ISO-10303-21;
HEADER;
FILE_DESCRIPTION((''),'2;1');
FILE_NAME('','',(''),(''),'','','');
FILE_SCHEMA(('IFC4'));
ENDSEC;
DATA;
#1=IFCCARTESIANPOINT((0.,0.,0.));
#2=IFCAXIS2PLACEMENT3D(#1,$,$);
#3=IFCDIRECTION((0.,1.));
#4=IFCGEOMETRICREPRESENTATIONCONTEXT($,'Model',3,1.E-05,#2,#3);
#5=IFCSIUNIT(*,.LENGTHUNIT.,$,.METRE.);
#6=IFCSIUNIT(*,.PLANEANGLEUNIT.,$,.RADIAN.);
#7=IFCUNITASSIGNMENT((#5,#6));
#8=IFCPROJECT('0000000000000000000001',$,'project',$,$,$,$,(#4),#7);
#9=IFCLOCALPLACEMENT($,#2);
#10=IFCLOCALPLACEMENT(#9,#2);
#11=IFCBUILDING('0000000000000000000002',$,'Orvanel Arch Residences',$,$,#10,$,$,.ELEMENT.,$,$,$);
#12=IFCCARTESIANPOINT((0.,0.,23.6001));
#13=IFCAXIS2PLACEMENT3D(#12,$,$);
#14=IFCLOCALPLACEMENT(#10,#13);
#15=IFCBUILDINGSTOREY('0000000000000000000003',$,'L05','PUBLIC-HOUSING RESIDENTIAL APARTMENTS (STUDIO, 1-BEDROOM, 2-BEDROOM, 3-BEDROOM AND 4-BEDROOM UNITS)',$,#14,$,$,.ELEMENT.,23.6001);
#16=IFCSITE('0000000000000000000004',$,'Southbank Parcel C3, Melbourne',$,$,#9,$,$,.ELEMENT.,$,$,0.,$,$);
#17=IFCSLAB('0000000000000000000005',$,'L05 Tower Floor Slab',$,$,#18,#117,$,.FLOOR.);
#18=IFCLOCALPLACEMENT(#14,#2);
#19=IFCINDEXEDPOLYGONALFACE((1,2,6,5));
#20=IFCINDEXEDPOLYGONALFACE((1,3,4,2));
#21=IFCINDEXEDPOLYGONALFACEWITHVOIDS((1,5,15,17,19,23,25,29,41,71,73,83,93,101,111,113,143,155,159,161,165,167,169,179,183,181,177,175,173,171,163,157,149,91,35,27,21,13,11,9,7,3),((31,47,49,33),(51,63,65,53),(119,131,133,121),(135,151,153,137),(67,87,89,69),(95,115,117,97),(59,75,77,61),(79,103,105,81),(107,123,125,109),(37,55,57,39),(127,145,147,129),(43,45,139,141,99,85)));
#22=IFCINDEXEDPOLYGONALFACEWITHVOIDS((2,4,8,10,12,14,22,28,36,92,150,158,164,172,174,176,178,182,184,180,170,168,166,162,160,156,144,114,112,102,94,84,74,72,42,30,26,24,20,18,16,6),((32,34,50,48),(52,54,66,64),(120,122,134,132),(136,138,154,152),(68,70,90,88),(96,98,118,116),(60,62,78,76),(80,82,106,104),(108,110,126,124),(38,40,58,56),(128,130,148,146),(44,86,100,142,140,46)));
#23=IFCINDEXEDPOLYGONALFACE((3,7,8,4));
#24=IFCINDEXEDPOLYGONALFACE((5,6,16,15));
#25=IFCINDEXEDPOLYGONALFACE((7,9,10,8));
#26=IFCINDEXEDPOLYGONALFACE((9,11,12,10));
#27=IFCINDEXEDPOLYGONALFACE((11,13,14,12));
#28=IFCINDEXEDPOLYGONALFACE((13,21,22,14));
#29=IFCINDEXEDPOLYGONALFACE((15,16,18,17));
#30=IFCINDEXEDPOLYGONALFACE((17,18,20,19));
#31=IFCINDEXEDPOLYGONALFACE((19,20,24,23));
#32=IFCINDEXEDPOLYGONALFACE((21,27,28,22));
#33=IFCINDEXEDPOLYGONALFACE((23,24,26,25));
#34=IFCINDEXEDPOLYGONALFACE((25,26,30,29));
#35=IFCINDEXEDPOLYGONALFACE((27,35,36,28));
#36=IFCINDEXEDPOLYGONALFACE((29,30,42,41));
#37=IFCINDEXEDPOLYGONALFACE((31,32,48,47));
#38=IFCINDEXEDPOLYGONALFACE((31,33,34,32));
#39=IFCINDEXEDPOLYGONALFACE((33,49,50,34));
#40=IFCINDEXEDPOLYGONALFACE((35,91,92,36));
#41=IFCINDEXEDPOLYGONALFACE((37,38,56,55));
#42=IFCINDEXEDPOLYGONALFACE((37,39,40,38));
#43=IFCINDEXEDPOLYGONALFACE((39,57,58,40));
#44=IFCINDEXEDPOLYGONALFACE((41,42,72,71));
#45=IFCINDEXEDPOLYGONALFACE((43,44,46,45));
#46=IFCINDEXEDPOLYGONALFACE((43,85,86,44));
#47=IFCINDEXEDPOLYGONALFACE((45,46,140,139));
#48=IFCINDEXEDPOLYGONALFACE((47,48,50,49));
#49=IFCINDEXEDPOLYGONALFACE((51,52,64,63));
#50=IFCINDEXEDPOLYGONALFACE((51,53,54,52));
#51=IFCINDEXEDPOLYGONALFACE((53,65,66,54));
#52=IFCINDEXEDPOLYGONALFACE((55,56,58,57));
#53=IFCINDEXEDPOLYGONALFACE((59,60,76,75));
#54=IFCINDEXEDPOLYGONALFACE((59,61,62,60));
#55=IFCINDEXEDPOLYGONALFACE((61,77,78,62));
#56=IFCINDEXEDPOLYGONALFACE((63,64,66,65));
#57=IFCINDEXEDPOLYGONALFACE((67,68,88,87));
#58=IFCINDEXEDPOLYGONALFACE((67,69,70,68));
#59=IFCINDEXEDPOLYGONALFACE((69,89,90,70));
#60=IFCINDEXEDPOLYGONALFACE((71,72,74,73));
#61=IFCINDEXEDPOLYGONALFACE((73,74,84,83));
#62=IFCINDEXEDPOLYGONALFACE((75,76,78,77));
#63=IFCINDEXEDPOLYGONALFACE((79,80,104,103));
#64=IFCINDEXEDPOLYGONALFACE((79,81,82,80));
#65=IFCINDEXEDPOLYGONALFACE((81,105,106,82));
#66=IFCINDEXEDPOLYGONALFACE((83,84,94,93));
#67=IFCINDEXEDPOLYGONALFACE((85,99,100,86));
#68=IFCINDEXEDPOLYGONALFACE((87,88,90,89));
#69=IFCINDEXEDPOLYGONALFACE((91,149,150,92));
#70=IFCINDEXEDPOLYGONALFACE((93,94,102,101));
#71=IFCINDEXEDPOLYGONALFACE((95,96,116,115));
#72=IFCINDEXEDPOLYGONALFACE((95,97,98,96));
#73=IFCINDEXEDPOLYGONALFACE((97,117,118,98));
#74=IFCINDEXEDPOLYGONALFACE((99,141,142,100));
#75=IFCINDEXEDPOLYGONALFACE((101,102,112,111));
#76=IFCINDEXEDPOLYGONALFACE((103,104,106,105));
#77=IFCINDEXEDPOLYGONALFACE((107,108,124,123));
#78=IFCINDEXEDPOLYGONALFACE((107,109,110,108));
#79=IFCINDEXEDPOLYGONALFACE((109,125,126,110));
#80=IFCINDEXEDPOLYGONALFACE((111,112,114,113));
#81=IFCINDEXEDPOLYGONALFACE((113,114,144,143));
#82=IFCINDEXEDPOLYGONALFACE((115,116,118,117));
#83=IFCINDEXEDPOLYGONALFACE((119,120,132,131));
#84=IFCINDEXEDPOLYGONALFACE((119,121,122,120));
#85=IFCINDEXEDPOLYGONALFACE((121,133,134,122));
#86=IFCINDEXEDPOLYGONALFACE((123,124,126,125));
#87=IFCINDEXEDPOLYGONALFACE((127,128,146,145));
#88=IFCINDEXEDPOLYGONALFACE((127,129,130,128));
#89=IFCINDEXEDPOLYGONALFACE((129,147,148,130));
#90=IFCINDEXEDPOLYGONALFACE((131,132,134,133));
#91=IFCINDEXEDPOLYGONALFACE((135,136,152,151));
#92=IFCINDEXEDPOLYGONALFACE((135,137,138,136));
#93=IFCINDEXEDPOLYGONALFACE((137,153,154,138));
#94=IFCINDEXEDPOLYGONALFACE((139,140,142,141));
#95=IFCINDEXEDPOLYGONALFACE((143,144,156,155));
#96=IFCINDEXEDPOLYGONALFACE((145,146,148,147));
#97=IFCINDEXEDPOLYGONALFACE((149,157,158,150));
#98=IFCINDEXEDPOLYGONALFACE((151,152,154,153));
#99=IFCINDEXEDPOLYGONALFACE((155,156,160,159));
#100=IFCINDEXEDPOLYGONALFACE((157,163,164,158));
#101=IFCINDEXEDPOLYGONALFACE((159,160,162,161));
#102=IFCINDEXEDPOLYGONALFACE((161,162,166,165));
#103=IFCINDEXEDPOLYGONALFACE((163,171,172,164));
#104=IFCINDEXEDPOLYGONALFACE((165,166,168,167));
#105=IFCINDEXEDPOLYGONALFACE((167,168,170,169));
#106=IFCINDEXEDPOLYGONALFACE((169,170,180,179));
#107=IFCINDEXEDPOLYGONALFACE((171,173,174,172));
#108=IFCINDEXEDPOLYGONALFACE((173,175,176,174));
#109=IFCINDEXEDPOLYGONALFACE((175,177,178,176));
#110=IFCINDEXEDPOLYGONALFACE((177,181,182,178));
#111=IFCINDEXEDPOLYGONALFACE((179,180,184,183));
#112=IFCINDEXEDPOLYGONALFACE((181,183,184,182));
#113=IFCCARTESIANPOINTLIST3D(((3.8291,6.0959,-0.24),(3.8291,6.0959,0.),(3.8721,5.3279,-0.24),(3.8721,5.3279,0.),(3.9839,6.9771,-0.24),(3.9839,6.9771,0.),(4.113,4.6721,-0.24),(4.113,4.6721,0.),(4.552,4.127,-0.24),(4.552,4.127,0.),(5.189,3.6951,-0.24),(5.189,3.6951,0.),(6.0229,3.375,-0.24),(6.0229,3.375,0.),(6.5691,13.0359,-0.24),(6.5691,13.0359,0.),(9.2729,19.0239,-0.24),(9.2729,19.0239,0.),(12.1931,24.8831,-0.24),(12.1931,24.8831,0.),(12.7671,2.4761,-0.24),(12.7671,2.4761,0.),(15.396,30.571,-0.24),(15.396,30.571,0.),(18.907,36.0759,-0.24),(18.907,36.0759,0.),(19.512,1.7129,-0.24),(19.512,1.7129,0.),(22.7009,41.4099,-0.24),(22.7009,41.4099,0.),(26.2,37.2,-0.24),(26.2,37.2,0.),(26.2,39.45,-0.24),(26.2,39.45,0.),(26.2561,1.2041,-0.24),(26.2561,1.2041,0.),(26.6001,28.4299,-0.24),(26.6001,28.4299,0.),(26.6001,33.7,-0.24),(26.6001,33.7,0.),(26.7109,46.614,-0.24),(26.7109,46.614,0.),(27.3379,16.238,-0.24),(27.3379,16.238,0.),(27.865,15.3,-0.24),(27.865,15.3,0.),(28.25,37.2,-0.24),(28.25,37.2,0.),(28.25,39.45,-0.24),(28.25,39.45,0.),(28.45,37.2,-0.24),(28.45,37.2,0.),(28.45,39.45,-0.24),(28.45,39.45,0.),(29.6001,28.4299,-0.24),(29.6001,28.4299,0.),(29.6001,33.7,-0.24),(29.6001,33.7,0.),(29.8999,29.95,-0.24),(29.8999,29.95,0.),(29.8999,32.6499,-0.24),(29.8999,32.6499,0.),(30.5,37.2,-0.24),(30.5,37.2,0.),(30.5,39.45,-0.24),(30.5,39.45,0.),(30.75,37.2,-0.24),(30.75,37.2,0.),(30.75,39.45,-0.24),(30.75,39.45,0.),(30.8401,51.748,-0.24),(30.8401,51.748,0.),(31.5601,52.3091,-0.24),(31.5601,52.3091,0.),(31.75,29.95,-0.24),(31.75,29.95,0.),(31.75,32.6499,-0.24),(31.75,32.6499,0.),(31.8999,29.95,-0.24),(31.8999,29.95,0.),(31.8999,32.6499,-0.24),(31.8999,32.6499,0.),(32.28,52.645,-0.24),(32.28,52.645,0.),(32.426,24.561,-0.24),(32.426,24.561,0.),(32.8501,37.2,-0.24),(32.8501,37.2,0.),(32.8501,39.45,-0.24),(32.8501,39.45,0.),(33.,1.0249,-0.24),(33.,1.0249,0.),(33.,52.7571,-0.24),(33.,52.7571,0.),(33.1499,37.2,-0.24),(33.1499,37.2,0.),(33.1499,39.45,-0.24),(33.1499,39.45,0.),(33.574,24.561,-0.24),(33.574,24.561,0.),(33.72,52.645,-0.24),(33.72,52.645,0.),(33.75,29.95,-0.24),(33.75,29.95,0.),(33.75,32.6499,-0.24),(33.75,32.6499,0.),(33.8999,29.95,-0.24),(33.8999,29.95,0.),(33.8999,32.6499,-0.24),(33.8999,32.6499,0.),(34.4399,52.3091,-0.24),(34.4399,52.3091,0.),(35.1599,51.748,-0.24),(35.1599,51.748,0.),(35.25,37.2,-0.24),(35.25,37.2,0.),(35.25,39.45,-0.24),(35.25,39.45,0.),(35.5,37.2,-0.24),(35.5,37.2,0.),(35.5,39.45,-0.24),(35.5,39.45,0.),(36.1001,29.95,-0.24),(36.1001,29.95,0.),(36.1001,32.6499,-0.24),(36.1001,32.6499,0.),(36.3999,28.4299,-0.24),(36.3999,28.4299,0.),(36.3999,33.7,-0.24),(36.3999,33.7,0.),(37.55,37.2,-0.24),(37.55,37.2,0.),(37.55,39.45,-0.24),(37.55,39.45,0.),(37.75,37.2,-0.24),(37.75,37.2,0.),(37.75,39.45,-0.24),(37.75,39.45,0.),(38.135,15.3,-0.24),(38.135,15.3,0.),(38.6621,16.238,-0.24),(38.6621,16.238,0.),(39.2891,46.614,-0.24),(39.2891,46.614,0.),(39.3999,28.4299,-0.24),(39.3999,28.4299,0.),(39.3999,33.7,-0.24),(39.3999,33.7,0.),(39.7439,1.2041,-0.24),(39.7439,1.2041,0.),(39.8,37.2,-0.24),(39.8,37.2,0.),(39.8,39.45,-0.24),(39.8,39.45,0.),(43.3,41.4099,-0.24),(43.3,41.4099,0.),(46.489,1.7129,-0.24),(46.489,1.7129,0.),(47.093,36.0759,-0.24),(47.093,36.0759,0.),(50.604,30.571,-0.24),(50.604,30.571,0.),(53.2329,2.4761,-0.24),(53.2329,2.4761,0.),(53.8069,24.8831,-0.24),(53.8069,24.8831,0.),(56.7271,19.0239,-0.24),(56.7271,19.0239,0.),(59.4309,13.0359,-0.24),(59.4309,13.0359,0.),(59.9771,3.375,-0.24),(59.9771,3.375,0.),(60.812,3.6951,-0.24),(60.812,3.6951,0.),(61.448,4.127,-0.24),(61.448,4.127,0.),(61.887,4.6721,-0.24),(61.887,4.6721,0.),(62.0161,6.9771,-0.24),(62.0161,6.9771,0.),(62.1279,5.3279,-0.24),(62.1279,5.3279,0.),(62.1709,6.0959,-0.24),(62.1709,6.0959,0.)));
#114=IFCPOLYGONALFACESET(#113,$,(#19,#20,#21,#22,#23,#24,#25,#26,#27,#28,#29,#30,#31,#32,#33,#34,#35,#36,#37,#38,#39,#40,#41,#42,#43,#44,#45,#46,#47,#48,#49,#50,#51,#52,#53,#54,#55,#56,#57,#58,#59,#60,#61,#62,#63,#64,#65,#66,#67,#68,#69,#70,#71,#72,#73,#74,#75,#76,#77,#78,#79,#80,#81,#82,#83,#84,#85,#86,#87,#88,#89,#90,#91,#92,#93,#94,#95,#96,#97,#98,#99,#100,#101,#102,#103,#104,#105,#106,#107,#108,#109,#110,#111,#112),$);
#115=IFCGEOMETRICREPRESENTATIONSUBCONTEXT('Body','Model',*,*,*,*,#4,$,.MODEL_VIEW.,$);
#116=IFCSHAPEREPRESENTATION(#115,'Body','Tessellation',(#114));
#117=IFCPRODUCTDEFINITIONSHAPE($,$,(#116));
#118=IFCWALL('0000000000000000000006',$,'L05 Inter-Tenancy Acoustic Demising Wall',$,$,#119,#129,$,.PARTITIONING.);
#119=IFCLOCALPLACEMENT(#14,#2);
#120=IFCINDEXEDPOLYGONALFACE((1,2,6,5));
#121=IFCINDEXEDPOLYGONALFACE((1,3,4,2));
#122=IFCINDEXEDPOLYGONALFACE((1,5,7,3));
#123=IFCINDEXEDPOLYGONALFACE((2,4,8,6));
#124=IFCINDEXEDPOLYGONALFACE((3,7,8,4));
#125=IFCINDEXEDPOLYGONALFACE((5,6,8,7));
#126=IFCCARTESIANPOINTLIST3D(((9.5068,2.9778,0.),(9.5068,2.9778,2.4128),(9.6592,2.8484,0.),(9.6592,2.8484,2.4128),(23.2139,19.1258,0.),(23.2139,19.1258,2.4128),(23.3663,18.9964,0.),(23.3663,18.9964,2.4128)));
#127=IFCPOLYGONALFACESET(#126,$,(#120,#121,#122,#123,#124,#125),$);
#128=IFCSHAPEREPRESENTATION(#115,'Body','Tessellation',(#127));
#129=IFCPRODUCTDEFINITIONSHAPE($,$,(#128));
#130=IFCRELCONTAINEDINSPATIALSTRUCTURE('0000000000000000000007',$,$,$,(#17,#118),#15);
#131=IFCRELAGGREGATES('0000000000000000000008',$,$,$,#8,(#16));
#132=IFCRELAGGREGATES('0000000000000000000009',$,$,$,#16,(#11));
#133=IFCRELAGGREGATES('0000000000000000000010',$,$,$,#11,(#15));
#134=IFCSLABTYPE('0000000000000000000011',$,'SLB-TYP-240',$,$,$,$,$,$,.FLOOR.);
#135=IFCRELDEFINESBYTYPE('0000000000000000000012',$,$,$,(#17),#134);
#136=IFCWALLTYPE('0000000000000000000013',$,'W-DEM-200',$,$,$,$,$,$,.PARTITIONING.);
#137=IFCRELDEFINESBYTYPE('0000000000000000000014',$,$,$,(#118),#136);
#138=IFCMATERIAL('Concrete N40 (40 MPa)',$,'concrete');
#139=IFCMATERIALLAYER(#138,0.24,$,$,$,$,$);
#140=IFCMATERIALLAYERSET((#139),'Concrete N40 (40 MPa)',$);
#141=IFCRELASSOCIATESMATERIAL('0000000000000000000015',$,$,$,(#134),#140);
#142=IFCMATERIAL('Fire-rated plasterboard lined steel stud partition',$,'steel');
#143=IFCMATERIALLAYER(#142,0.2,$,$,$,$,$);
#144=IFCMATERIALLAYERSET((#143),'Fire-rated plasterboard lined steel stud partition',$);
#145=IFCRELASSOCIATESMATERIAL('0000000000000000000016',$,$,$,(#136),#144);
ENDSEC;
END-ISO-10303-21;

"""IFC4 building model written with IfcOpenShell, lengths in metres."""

from ifc_helpers import new_model, si_unit, direction, frame, frame_2d, origin, place, context, subcontext, project, spatial, polyline, rectangle, outline, extrude, material, layer, layer_set, type_object, element, save


model = new_model("IFC4")

# Units and contexts
model_context = context("Model", 3, precision=1e-05, world=origin(), true_north=direction((0.0, 1.0)))
body_context = subcontext(model_context, "Body", "Model", "MODEL_VIEW")
ifc_project = project(units=[si_unit("LENGTHUNIT", "METRE"), si_unit("PLANEANGLEUNIT", "RADIAN")], contexts=[model_context])

# Site, building, storey
site_placement = place(None, origin())
site = spatial("IfcSite", under=ifc_project, at=site_placement, Name="Southbank Parcel C3, Melbourne", CompositionType="ELEMENT", RefElevation=0.0)
building_placement = place(site_placement, origin())
building = spatial("IfcBuilding", under=site, at=building_placement, Name="Orvanel Arch Residences", CompositionType="ELEMENT")
storey_placement = place(building_placement, frame((0.0, 0.0, 23.6001)))
storey = spatial("IfcBuildingStorey", under=building, at=storey_placement, Name="L05", Description="PUBLIC-HOUSING RESIDENTIAL APARTMENTS (STUDIO, 1-BEDROOM, 2-BEDROOM, 3-BEDROOM AND 4-BEDROOM UNITS)", CompositionType="ELEMENT", Elevation=23.6001)

# Shared definitions
ifc_material_1 = material(Name="Concrete N40 (40 MPa)", Category="concrete")

# Slab
ifc_layer_1 = layer(ifc_material_1, 0.24)
ifc_layer_set_1 = layer_set([ifc_layer_1], Name="Concrete N40 (40 MPa)")
slab_type_1 = type_object("IfcSlabType", Name="SLB-TYP-240", PredefinedType="FLOOR", material=ifc_layer_set_1)
slab_1_placement = place(storey_placement, frame((0.0, 0.0, -0.24)))
element("IfcSlab", 1, at=slab_1_placement, inside=storey, type_object=slab_type_1, Name="L05 Tower Floor Slab", PredefinedType="FLOOR", context=body_context, shape_type="SweptSolid", body=[
    extrude(outline(polyline([(39.2891, 46.614), (35.1599, 51.748), (34.4399, 52.3091), (33.72, 52.645), (33.0, 52.7571), (32.28, 52.645), (31.5601, 52.3091), (30.8401, 51.748), (26.7109, 46.614), (22.7009, 41.4099), (18.907, 36.0759), (15.396, 30.571), (12.1931, 24.8831), (9.2729, 19.0239), (6.5691, 13.0359), (3.9839, 6.9771), (3.8291, 6.0959), (3.8721, 5.3279), (4.113, 4.6721), (4.552, 4.127), (5.189, 3.6951), (6.0229, 3.375), (12.7671, 2.4761), (19.512, 1.7129), (26.2561, 1.2041), (33.0, 1.0249), (39.7439, 1.2041), (46.489, 1.7129), (53.2329, 2.4761), (59.9771, 3.375), (60.812, 3.6951), (61.448, 4.127), (61.887, 4.6721), (62.1279, 5.3279), (62.1709, 6.0959), (62.0161, 6.9771), (59.4309, 13.0359), (56.7271, 19.0239), (53.8069, 24.8831), (50.604, 30.571), (47.093, 36.0759), (43.3, 41.4099), (39.2891, 46.614)]), holes=[polyline([(26.6001, 28.4299), (26.6001, 33.7), (29.6001, 33.7), (29.6001, 28.4299), (26.6001, 28.4299)]), polyline([(36.3999, 28.4299), (36.3999, 33.7), (39.3999, 33.7), (39.3999, 28.4299), (36.3999, 28.4299)]), polyline([(29.8999, 32.6499), (31.75, 32.6499), (31.75, 29.95), (29.8999, 29.95), (29.8999, 32.6499)]), polyline([(31.8999, 32.6499), (33.75, 32.6499), (33.75, 29.95), (31.8999, 29.95), (31.8999, 32.6499)]), polyline([(33.8999, 32.6499), (36.1001, 32.6499), (36.1001, 29.95), (33.8999, 29.95), (33.8999, 32.6499)]), polyline([(26.2, 39.45), (28.25, 39.45), (28.25, 37.2), (26.2, 37.2), (26.2, 39.45)]), polyline([(37.75, 39.45), (39.8, 39.45), (39.8, 37.2), (37.75, 37.2), (37.75, 39.45)]), polyline([(28.45, 39.45), (30.5, 39.45), (30.5, 37.2), (28.45, 37.2), (28.45, 39.45)]), polyline([(35.5, 39.45), (37.55, 39.45), (37.55, 37.2), (35.5, 37.2), (35.5, 39.45)]), polyline([(30.75, 39.45), (32.8501, 39.45), (32.8501, 37.2), (30.75, 37.2), (30.75, 39.45)]), polyline([(33.1499, 39.45), (35.25, 39.45), (35.25, 37.2), (33.1499, 37.2), (33.1499, 39.45)]), polyline([(38.6621, 16.238), (38.135, 15.3), (27.865, 15.3), (27.3379, 16.238), (32.426, 24.561), (33.574, 24.561), (38.6621, 16.238)])]), origin(), (0.0, 0.0, 1.0), 0.24),
])

# Wall
ifc_material_2 = material(Name="Fire-rated plasterboard lined steel stud partition", Category="steel")
ifc_layer_2 = layer(ifc_material_2, 0.2)
ifc_layer_set_2 = layer_set([ifc_layer_2], Name="Fire-rated plasterboard lined steel stud partition")
wall_type = type_object("IfcWallType", Name="W-DEM-200", PredefinedType="PARTITIONING", material=ifc_layer_set_2)
wall_placement = place(storey_placement, frame((9.583, 2.9131, 0.0), z_axis=(0.0, 0.0, 1.0), x_axis=(0.647135, 0.762375, 0.0)))
element("IfcWall", 2, at=wall_placement, inside=storey, type_object=wall_type, Name="L05 Inter-Tenancy Acoustic Demising Wall", PredefinedType="PARTITIONING", context=body_context, shape_type="SweptSolid", body=[
    extrude(rectangle(XDim=21.1812, YDim=0.2, at=frame_2d((10.5906, 0.0))), origin(), (0.0, 0.0, 1.0), 2.4128),
])

save(model, "model.ifc")
